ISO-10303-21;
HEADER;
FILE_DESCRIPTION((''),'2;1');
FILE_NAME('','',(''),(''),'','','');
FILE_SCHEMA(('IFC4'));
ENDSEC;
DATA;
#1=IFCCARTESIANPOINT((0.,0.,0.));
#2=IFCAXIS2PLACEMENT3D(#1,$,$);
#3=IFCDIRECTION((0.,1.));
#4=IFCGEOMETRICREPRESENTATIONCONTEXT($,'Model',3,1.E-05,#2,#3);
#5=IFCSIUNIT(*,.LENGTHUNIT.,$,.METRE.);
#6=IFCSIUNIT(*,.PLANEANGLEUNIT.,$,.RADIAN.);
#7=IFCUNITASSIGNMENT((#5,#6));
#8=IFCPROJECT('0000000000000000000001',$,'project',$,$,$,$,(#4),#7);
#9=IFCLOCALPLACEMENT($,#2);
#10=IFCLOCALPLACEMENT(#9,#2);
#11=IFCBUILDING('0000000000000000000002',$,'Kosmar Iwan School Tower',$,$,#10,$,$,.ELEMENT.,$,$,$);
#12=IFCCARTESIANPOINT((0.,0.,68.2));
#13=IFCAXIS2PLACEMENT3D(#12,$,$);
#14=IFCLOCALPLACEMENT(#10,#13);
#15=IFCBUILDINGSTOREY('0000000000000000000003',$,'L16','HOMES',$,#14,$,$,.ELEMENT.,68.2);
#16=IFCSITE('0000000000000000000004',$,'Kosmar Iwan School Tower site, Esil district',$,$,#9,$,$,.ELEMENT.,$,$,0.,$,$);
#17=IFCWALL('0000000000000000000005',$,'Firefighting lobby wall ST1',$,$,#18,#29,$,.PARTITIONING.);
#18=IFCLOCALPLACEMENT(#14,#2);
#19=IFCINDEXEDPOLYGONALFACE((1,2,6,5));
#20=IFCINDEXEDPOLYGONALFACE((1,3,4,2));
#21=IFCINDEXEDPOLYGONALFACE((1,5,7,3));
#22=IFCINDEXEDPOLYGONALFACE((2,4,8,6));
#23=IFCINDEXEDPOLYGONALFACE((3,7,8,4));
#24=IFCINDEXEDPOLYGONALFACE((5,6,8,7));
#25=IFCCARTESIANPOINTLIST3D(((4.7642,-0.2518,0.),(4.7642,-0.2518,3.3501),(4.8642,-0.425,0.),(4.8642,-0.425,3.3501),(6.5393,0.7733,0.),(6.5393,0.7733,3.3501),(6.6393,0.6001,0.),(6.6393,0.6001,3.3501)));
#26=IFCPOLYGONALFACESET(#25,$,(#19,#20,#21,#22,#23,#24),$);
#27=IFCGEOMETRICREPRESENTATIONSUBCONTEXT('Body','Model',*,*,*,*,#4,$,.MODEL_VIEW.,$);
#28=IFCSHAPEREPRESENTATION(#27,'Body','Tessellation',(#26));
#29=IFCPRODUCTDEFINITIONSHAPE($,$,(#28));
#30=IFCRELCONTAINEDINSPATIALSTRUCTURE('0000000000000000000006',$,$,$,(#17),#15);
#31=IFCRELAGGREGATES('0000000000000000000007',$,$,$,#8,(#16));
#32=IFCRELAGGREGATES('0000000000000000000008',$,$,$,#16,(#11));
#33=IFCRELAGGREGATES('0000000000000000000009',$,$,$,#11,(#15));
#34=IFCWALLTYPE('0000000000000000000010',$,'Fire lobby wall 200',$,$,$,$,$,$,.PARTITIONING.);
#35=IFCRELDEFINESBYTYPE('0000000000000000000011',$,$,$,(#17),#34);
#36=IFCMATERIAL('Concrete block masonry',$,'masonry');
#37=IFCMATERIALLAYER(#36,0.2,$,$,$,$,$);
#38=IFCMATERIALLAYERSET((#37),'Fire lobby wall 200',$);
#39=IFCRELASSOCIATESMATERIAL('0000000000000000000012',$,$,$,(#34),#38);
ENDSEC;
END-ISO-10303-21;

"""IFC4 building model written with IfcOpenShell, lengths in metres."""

from ifc_helpers import new_model, si_unit, direction, frame, frame_2d, origin, place, context, subcontext, project, spatial, rectangle, extrude, material, layer, layer_set, type_object, element, save


model = new_model("IFC4")

# Units and contexts
model_context = context("Model", 3, precision=1e-05, world=origin(), true_north=direction((0.0, 1.0)))
body_context = subcontext(model_context, "Body", "Model", "MODEL_VIEW")
ifc_project = project(units=[si_unit("LENGTHUNIT", "METRE"), si_unit("PLANEANGLEUNIT", "RADIAN")], contexts=[model_context])

# Site, building, storey
site_placement = place(None, origin())
site = spatial("IfcSite", under=ifc_project, at=site_placement, Name="Kosmar Iwan School Tower site, Esil district", CompositionType="ELEMENT", RefElevation=0.0)
building_placement = place(site_placement, origin())
building = spatial("IfcBuilding", under=site, at=building_placement, Name="Kosmar Iwan School Tower", CompositionType="ELEMENT")
storey_placement = place(building_placement, frame((0.0, 0.0, 68.2)))
storey = spatial("IfcBuildingStorey", under=building, at=storey_placement, Name="L16", Description="HOMES", CompositionType="ELEMENT", Elevation=68.2)

# Shared definitions
ifc_material_1 = material(Name="Concrete block masonry", Category="masonry")
ifc_layer_1 = layer(ifc_material_1, 0.2)
ifc_layer_set_1 = layer_set([ifc_layer_1], Name="Fire lobby wall 200")
wall_type_1 = type_object("IfcWallType", Name="Fire lobby wall 200", PredefinedType="PARTITIONING", material=ifc_layer_set_1)

# Wall
wall_1_placement = place(storey_placement, frame((4.8142, -0.3384, 0.0), z_axis=(0.0, 0.0, 1.0), x_axis=(0.865969, 0.500097, 0.0)))
element("IfcWall", 1, at=wall_1_placement, inside=storey, type_object=wall_type_1, Name="Firefighting lobby wall ST1", PredefinedType="PARTITIONING", context=body_context, shape_type="SweptSolid", body=[
    extrude(rectangle(XDim=2.0498, YDim=0.2, at=frame_2d((1.0249, 0.0))), origin(), (0.0, 0.0, 1.0), 3.3501),
])

save(model, "model.ifc")
